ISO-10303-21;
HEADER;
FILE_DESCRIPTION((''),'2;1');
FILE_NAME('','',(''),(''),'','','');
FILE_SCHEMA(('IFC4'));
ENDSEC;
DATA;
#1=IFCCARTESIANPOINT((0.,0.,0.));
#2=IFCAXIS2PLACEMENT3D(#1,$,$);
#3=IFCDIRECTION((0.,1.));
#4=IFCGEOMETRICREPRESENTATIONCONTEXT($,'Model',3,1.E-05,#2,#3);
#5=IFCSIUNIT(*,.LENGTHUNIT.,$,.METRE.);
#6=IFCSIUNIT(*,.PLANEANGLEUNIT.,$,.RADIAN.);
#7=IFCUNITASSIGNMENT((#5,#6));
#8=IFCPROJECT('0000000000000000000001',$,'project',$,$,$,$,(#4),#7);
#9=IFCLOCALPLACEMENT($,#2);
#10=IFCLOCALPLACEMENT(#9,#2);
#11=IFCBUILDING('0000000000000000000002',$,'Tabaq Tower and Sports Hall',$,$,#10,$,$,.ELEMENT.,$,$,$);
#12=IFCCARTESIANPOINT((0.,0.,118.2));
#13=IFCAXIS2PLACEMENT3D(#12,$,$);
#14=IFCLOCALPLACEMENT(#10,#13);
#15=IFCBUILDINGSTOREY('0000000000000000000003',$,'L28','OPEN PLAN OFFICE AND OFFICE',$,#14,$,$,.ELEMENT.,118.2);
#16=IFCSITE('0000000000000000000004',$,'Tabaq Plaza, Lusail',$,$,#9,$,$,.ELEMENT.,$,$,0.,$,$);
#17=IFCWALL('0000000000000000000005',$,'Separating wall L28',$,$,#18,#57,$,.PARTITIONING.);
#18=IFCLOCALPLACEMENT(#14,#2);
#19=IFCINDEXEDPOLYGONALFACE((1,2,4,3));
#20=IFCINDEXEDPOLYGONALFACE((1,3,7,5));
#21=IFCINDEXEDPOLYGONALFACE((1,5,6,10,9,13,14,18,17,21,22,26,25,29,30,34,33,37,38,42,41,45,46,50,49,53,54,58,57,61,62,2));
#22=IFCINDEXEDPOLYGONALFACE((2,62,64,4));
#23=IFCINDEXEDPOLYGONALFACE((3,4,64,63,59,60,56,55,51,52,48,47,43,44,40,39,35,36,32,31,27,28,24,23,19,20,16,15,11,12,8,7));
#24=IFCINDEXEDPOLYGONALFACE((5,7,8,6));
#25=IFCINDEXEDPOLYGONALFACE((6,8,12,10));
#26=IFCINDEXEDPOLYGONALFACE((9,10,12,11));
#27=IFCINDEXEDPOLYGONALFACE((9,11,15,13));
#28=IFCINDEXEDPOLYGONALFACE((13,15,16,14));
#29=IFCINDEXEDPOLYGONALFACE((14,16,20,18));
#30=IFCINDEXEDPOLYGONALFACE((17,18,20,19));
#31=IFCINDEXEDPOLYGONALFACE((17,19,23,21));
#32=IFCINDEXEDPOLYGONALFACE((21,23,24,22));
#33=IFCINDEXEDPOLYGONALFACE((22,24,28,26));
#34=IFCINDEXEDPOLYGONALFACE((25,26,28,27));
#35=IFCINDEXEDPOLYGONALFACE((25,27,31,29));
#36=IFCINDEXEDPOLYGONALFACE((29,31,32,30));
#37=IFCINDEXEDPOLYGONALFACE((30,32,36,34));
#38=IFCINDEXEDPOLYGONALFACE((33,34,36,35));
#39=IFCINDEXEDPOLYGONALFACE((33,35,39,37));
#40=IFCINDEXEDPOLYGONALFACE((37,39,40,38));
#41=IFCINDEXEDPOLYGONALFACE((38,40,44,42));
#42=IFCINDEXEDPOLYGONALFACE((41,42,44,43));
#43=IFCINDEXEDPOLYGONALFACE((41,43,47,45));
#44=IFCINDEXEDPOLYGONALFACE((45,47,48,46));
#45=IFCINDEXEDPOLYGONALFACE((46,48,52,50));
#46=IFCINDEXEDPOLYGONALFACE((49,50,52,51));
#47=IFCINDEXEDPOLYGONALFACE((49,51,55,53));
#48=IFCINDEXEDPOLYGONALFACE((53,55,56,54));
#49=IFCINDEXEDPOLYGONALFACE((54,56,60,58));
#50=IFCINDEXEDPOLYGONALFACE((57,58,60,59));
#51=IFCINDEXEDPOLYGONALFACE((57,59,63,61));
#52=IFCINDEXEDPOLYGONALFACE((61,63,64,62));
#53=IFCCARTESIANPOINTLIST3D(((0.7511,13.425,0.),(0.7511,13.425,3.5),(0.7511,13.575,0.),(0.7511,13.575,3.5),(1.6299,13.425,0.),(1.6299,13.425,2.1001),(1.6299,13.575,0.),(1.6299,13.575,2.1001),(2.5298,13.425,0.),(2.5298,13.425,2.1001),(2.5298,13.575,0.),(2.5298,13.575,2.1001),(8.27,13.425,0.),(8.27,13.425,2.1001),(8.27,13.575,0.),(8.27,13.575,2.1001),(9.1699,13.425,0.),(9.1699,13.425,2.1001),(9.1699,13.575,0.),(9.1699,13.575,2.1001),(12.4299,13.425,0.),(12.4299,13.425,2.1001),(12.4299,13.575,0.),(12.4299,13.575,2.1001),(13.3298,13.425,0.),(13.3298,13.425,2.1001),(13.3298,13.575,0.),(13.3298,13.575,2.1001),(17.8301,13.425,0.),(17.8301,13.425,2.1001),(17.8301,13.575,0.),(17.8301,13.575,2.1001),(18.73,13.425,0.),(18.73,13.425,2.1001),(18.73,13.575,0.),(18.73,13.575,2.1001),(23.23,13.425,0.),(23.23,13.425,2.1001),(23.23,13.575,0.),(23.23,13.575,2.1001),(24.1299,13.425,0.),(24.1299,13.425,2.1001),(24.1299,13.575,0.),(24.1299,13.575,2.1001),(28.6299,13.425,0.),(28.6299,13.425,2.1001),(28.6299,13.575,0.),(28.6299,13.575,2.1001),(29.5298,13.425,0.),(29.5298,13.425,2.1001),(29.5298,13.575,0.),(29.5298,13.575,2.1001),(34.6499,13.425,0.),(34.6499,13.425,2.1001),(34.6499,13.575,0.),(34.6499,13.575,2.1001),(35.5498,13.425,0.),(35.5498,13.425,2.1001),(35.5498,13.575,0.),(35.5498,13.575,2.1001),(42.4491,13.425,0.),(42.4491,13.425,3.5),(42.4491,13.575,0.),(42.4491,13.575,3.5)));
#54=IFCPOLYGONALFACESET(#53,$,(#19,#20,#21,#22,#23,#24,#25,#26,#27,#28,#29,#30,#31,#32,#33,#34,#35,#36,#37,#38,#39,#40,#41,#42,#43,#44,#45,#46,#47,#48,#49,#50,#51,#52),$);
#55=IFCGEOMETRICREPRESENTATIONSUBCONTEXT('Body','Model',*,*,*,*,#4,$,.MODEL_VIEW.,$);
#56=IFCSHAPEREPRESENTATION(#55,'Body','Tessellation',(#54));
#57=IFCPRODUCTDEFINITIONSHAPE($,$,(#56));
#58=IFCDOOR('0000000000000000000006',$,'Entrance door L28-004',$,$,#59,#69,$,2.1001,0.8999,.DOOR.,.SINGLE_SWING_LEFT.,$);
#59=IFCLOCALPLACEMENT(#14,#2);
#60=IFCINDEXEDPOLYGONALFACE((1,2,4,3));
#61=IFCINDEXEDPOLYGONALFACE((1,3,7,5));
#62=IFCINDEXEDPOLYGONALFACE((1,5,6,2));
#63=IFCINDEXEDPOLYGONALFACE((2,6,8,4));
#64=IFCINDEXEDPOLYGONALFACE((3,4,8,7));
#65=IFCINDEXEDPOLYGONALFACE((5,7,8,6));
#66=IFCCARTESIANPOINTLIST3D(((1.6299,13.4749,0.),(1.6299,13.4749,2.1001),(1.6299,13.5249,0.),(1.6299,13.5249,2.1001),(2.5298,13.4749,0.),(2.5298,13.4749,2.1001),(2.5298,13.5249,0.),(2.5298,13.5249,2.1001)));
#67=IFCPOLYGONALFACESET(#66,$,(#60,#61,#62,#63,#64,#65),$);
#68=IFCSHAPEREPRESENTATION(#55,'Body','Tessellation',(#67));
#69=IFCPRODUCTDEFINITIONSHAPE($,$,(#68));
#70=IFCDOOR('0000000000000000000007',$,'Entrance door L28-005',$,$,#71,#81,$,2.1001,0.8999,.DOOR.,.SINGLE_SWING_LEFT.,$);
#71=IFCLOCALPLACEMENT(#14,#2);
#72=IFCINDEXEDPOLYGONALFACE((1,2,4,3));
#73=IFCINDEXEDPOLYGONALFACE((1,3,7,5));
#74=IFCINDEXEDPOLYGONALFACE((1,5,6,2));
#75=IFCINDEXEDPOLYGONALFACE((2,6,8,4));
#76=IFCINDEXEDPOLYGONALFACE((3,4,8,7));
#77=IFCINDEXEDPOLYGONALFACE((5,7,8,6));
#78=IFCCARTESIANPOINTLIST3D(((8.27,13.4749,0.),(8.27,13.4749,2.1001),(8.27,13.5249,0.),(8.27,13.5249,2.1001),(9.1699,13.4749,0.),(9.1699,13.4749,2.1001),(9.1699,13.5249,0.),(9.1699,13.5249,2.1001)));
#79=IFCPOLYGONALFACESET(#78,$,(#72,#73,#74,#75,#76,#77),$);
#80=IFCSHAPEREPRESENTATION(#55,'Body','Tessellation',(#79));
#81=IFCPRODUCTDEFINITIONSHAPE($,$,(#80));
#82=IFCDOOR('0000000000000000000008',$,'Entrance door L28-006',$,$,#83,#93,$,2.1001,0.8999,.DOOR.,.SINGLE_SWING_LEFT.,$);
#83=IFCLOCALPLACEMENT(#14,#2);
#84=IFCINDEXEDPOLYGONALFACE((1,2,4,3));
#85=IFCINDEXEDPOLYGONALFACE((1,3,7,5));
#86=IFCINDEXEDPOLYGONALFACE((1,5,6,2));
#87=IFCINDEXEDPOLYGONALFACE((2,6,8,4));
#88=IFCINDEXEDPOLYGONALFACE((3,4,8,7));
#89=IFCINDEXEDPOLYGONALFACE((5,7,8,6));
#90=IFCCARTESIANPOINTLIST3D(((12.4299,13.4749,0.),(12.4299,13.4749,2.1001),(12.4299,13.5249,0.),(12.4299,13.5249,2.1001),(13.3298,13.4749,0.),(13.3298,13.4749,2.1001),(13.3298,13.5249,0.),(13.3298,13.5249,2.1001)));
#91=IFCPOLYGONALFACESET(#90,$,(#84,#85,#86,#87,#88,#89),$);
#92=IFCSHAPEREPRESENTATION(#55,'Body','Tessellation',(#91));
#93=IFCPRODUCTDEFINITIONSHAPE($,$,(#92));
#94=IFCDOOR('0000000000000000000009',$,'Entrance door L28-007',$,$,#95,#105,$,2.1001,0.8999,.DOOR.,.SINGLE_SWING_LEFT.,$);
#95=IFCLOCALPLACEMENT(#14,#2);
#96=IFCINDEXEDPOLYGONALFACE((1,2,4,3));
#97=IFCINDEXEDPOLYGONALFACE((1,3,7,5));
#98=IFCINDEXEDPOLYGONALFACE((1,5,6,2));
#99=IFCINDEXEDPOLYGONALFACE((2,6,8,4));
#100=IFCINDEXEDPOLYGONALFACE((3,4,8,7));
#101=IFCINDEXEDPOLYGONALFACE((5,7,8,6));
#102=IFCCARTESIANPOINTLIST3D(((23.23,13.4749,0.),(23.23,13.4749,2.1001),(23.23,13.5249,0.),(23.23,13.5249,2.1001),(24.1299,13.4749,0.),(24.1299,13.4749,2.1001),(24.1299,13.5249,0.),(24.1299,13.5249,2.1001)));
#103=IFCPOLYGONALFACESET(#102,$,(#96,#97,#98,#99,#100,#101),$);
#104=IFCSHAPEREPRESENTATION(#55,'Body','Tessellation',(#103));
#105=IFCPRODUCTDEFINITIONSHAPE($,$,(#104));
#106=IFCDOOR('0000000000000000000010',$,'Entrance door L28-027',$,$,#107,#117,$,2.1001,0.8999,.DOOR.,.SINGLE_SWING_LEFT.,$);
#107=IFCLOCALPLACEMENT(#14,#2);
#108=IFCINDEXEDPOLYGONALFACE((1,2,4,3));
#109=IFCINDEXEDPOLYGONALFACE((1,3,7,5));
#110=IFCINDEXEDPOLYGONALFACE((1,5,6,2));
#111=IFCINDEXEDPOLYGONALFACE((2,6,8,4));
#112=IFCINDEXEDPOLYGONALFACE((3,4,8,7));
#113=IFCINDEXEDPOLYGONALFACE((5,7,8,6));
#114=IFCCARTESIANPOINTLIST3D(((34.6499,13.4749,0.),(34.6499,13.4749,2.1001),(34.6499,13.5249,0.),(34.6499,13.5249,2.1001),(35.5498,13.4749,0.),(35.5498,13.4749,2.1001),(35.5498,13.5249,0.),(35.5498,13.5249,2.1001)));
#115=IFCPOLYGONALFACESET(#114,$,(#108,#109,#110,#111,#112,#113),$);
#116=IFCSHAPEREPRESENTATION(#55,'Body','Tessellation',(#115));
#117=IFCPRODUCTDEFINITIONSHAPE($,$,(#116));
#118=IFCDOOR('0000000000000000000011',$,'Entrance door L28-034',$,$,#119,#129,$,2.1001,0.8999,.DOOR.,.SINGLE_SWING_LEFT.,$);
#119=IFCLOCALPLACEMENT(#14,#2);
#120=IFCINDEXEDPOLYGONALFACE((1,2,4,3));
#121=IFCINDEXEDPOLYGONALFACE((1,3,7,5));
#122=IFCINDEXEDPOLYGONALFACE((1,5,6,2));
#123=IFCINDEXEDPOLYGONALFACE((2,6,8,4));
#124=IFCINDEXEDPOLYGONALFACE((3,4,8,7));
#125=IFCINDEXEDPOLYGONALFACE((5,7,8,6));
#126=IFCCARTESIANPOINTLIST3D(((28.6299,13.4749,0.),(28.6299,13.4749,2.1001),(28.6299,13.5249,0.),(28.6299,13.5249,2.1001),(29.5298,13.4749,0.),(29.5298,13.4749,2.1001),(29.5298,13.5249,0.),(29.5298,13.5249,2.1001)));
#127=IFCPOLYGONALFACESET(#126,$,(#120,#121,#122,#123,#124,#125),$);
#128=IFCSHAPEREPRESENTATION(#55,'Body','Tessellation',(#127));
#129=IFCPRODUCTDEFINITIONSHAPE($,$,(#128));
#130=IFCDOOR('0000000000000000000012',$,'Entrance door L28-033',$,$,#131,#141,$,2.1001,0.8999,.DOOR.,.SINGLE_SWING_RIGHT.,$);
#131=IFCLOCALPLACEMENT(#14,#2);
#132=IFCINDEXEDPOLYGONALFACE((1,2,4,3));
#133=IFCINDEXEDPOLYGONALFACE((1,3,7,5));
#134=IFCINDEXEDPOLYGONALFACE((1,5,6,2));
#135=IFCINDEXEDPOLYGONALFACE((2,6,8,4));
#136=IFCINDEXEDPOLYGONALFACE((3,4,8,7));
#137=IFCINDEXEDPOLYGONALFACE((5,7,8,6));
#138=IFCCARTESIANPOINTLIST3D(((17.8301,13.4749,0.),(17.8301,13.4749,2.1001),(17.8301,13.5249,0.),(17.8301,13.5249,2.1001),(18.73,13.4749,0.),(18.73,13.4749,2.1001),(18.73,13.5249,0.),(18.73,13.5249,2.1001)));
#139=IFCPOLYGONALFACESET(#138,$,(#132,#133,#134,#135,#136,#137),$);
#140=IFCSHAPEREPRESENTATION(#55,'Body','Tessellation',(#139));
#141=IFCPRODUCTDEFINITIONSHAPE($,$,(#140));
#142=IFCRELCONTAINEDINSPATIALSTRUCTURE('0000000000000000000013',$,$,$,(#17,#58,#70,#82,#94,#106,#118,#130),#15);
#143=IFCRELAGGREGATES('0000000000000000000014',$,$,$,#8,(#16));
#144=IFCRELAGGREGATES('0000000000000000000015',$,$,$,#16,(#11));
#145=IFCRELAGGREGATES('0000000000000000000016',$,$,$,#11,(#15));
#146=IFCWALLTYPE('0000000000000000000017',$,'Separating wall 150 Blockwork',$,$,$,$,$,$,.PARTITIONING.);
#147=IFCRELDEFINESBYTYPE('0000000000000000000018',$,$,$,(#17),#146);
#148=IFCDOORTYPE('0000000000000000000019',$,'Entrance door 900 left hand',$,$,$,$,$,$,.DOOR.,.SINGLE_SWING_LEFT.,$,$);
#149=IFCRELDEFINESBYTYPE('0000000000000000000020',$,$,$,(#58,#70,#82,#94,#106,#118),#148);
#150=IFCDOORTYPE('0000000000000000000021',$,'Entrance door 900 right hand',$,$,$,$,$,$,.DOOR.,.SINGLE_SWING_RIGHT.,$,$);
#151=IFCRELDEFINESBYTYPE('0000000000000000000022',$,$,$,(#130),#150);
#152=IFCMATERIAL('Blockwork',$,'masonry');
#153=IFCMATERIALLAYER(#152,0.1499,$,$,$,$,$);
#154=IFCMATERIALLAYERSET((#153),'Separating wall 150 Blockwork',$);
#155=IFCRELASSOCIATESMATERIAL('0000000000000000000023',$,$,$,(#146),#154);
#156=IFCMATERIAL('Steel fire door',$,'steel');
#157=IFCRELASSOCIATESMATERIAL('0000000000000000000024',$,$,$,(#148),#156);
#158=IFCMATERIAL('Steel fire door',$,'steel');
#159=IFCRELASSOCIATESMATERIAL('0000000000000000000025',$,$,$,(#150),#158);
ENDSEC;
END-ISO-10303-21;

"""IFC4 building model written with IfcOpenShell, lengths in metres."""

from ifc_helpers import new_model, si_unit, direction, frame, frame_2d, origin, place, context, subcontext, project, spatial, rectangle, extrude, material, layer, layer_set, type_object, element, fill, save


model = new_model("IFC4")

# Units and contexts
model_context = context("Model", 3, precision=1e-05, world=origin(), true_north=direction((0.0, 1.0)))
body_context = subcontext(model_context, "Body", "Model", "MODEL_VIEW")
ifc_project = project(units=[si_unit("LENGTHUNIT", "METRE"), si_unit("PLANEANGLEUNIT", "RADIAN")], contexts=[model_context])

# Site, building, storey
site_placement = place(None, origin())
site = spatial("IfcSite", under=ifc_project, at=site_placement, Name="Tabaq Plaza, Lusail", CompositionType="ELEMENT", RefElevation=0.0)
building_placement = place(site_placement, origin())
building = spatial("IfcBuilding", under=site, at=building_placement, Name="Tabaq Tower and Sports Hall", CompositionType="ELEMENT")
storey_placement = place(building_placement, frame((0.0, 0.0, 118.2)))
storey = spatial("IfcBuildingStorey", under=building, at=storey_placement, Name="L28", Description="OPEN PLAN OFFICE AND OFFICE", CompositionType="ELEMENT", Elevation=118.2)

# Shared definitions
ifc_material_1 = material(Name="Blockwork", Category="masonry")
ifc_layer_1 = layer(ifc_material_1, 0.1499)
ifc_layer_set_1 = layer_set([ifc_layer_1], Name="Separating wall 150 Blockwork")
wall_type_1 = type_object("IfcWallType", Name="Separating wall 150 Blockwork", PredefinedType="PARTITIONING", material=ifc_layer_set_1)

# Wall, openings, doors
wall_1_placement = place(storey_placement, frame((0.751, 13.5, 0.0), z_axis=(0.0, 0.0, 1.0), x_axis=(1.0, 0.0, 0.0)))
wall_1 = element("IfcWall", 1, at=wall_1_placement, inside=storey, type_object=wall_type_1, Name="Separating wall L28", PredefinedType="PARTITIONING", context=body_context, shape_type="SweptSolid", body=[
    extrude(rectangle(XDim=41.698, YDim=0.1499, at=frame_2d((20.8491, 0.0))), origin(), (0.0, 0.0, 1.0), 3.5),
])
opening_1_placement = place(wall_1_placement, frame((0.8789, 0.0, 0.0)))
opening_1 = element("IfcOpeningElement", 2, at=opening_1_placement, cuts=wall_1, PredefinedType="OPENING", context=body_context, shape_type="SweptSolid", body=[
    extrude(rectangle(XDim=0.8999, YDim=2.1001, at=frame_2d((0.45, 1.05))), frame((0.0, 0.075, 0.0), z_axis=(0.0, -1.0, 0.0), x_axis=(1.0, 0.0, 0.0)), (0.0, 0.0, 1.0), 0.1499),
])
opening_2_placement = place(wall_1_placement, frame((7.519, 0.0, 0.0)))
opening_2 = element("IfcOpeningElement", 3, at=opening_2_placement, cuts=wall_1, PredefinedType="OPENING", context=body_context, shape_type="SweptSolid", body=[
    extrude(rectangle(XDim=0.8999, YDim=2.1001, at=frame_2d((0.45, 1.05))), frame((0.0, 0.075, 0.0), z_axis=(0.0, -1.0, 0.0), x_axis=(1.0, 0.0, 0.0)), (0.0, 0.0, 1.0), 0.1499),
])
opening_3_placement = place(wall_1_placement, frame((11.679, 0.0, 0.0)))
opening_3 = element("IfcOpeningElement", 4, at=opening_3_placement, cuts=wall_1, PredefinedType="OPENING", context=body_context, shape_type="SweptSolid", body=[
    extrude(rectangle(XDim=0.8999, YDim=2.1001, at=frame_2d((0.45, 1.05))), frame((0.0, 0.075, 0.0), z_axis=(0.0, -1.0, 0.0), x_axis=(1.0, 0.0, 0.0)), (0.0, 0.0, 1.0), 0.1499),
])
opening_4_placement = place(wall_1_placement, frame((22.479, 0.0, 0.0)))
opening_4 = element("IfcOpeningElement", 5, at=opening_4_placement, cuts=wall_1, PredefinedType="OPENING", context=body_context, shape_type="SweptSolid", body=[
    extrude(rectangle(XDim=0.8999, YDim=2.1001, at=frame_2d((0.45, 1.05))), frame((0.0, 0.075, 0.0), z_axis=(0.0, -1.0, 0.0), x_axis=(1.0, 0.0, 0.0)), (0.0, 0.0, 1.0), 0.1499),
])
opening_5_placement = place(wall_1_placement, frame((33.8989, 0.0, 0.0)))
opening_5 = element("IfcOpeningElement", 6, at=opening_5_placement, cuts=wall_1, PredefinedType="OPENING", context=body_context, shape_type="SweptSolid", body=[
    extrude(rectangle(XDim=0.8999, YDim=2.1001, at=frame_2d((0.45, 1.05))), frame((0.0, 0.075, 0.0), z_axis=(0.0, -1.0, 0.0), x_axis=(1.0, 0.0, 0.0)), (0.0, 0.0, 1.0), 0.1499),
])
opening_6_placement = place(wall_1_placement, frame((17.0791, 0.0, 0.0)))
opening_6 = element("IfcOpeningElement", 7, at=opening_6_placement, cuts=wall_1, PredefinedType="OPENING", context=body_context, shape_type="SweptSolid", body=[
    extrude(rectangle(XDim=0.8999, YDim=2.1001, at=frame_2d((0.45, 1.05))), frame((0.0, 0.075, 0.0), z_axis=(0.0, -1.0, 0.0), x_axis=(1.0, 0.0, 0.0)), (0.0, 0.0, 1.0), 0.1499),
])
opening_7_placement = place(wall_1_placement, frame((27.8789, 0.0, 0.0)))
opening_7 = element("IfcOpeningElement", 8, at=opening_7_placement, cuts=wall_1, PredefinedType="OPENING", context=body_context, shape_type="SweptSolid", body=[
    extrude(rectangle(XDim=0.8999, YDim=2.1001, at=frame_2d((0.45, 1.05))), frame((0.0, 0.075, 0.0), z_axis=(0.0, -1.0, 0.0), x_axis=(1.0, 0.0, 0.0)), (0.0, 0.0, 1.0), 0.1499),
])
ifc_material_2 = material(Name="Steel fire door", Category="steel")
door_type_1 = type_object("IfcDoorType", Name="Entrance door 900 left hand", OperationType="SINGLE_SWING_LEFT", PredefinedType="DOOR", material=ifc_material_2)
door_1_placement = place(opening_1_placement, origin())
door_1 = element("IfcDoor", 9, at=door_1_placement, inside=storey, type_object=door_type_1, Name="Entrance door L28-004", OperationType="SINGLE_SWING_LEFT", OverallHeight=2.1001, OverallWidth=0.8999, PredefinedType="DOOR", context=body_context, shape_type="SweptSolid", body=[
    extrude(rectangle(XDim=0.8999, YDim=2.1001, at=frame_2d((0.45, 1.05))), frame((0.0, 0.0249, 0.0), z_axis=(0.0, -1.0, 0.0), x_axis=(1.0, 0.0, 0.0)), (0.0, 0.0, 1.0), 0.05),
])
fill(opening_1, door_1)
door_2_placement = place(opening_2_placement, origin())
door_2 = element("IfcDoor", 10, at=door_2_placement, inside=storey, type_object=door_type_1, Name="Entrance door L28-005", OperationType="SINGLE_SWING_LEFT", OverallHeight=2.1001, OverallWidth=0.8999, PredefinedType="DOOR", context=body_context, shape_type="SweptSolid", body=[
    extrude(rectangle(XDim=0.8999, YDim=2.1001, at=frame_2d((0.45, 1.05))), frame((0.0, 0.0249, 0.0), z_axis=(0.0, -1.0, 0.0), x_axis=(1.0, 0.0, 0.0)), (0.0, 0.0, 1.0), 0.05),
])
fill(opening_2, door_2)
door_3_placement = place(opening_3_placement, origin())
door_3 = element("IfcDoor", 11, at=door_3_placement, inside=storey, type_object=door_type_1, Name="Entrance door L28-006", OperationType="SINGLE_SWING_LEFT", OverallHeight=2.1001, OverallWidth=0.8999, PredefinedType="DOOR", context=body_context, shape_type="SweptSolid", body=[
    extrude(rectangle(XDim=0.8999, YDim=2.1001, at=frame_2d((0.45, 1.05))), frame((0.0, 0.0249, 0.0), z_axis=(0.0, -1.0, 0.0), x_axis=(1.0, 0.0, 0.0)), (0.0, 0.0, 1.0), 0.05),
])
fill(opening_3, door_3)
door_4_placement = place(opening_4_placement, origin())
door_4 = element("IfcDoor", 12, at=door_4_placement, inside=storey, type_object=door_type_1, Name="Entrance door L28-007", OperationType="SINGLE_SWING_LEFT", OverallHeight=2.1001, OverallWidth=0.8999, PredefinedType="DOOR", context=body_context, shape_type="SweptSolid", body=[
    extrude(rectangle(XDim=0.8999, YDim=2.1001, at=frame_2d((0.45, 1.05))), frame((0.0, 0.0249, 0.0), z_axis=(0.0, -1.0, 0.0), x_axis=(1.0, 0.0, 0.0)), (0.0, 0.0, 1.0), 0.05),
])
fill(opening_4, door_4)
door_5_placement = place(opening_5_placement, origin())
door_5 = element("IfcDoor", 13, at=door_5_placement, inside=storey, type_object=door_type_1, Name="Entrance door L28-027", OperationType="SINGLE_SWING_LEFT", OverallHeight=2.1001, OverallWidth=0.8999, PredefinedType="DOOR", context=body_context, shape_type="SweptSolid", body=[
    extrude(rectangle(XDim=0.8999, YDim=2.1001, at=frame_2d((0.45, 1.05))), frame((0.0, 0.0249, 0.0), z_axis=(0.0, -1.0, 0.0), x_axis=(1.0, 0.0, 0.0)), (0.0, 0.0, 1.0), 0.05),
])
fill(opening_5, door_5)
door_6_placement = place(opening_7_placement, origin())
door_6 = element("IfcDoor", 14, at=door_6_placement, inside=storey, type_object=door_type_1, Name="Entrance door L28-034", OperationType="SINGLE_SWING_LEFT", OverallHeight=2.1001, OverallWidth=0.8999, PredefinedType="DOOR", context=body_context, shape_type="SweptSolid", body=[
    extrude(rectangle(XDim=0.8999, YDim=2.1001, at=frame_2d((0.45, 1.05))), frame((0.0, 0.0249, 0.0), z_axis=(0.0, -1.0, 0.0), x_axis=(1.0, 0.0, 0.0)), (0.0, 0.0, 1.0), 0.05),
])
fill(opening_7, door_6)
ifc_material_3 = material(Name="Steel fire door", Category="steel")
door_type_2 = type_object("IfcDoorType", Name="Entrance door 900 right hand", OperationType="SINGLE_SWING_RIGHT", PredefinedType="DOOR", material=ifc_material_3)
door_7_placement = place(opening_6_placement, origin())
door_7 = element("IfcDoor", 15, at=door_7_placement, inside=storey, type_object=door_type_2, Name="Entrance door L28-033", OperationType="SINGLE_SWING_RIGHT", OverallHeight=2.1001, OverallWidth=0.8999, PredefinedType="DOOR", context=body_context, shape_type="SweptSolid", body=[
    extrude(rectangle(XDim=0.8999, YDim=2.1001, at=frame_2d((0.45, 1.05))), frame((0.0, 0.0249, 0.0), z_axis=(0.0, -1.0, 0.0), x_axis=(1.0, 0.0, 0.0)), (0.0, 0.0, 1.0), 0.05),
])
fill(opening_6, door_7)

save(model, "model.ifc")
